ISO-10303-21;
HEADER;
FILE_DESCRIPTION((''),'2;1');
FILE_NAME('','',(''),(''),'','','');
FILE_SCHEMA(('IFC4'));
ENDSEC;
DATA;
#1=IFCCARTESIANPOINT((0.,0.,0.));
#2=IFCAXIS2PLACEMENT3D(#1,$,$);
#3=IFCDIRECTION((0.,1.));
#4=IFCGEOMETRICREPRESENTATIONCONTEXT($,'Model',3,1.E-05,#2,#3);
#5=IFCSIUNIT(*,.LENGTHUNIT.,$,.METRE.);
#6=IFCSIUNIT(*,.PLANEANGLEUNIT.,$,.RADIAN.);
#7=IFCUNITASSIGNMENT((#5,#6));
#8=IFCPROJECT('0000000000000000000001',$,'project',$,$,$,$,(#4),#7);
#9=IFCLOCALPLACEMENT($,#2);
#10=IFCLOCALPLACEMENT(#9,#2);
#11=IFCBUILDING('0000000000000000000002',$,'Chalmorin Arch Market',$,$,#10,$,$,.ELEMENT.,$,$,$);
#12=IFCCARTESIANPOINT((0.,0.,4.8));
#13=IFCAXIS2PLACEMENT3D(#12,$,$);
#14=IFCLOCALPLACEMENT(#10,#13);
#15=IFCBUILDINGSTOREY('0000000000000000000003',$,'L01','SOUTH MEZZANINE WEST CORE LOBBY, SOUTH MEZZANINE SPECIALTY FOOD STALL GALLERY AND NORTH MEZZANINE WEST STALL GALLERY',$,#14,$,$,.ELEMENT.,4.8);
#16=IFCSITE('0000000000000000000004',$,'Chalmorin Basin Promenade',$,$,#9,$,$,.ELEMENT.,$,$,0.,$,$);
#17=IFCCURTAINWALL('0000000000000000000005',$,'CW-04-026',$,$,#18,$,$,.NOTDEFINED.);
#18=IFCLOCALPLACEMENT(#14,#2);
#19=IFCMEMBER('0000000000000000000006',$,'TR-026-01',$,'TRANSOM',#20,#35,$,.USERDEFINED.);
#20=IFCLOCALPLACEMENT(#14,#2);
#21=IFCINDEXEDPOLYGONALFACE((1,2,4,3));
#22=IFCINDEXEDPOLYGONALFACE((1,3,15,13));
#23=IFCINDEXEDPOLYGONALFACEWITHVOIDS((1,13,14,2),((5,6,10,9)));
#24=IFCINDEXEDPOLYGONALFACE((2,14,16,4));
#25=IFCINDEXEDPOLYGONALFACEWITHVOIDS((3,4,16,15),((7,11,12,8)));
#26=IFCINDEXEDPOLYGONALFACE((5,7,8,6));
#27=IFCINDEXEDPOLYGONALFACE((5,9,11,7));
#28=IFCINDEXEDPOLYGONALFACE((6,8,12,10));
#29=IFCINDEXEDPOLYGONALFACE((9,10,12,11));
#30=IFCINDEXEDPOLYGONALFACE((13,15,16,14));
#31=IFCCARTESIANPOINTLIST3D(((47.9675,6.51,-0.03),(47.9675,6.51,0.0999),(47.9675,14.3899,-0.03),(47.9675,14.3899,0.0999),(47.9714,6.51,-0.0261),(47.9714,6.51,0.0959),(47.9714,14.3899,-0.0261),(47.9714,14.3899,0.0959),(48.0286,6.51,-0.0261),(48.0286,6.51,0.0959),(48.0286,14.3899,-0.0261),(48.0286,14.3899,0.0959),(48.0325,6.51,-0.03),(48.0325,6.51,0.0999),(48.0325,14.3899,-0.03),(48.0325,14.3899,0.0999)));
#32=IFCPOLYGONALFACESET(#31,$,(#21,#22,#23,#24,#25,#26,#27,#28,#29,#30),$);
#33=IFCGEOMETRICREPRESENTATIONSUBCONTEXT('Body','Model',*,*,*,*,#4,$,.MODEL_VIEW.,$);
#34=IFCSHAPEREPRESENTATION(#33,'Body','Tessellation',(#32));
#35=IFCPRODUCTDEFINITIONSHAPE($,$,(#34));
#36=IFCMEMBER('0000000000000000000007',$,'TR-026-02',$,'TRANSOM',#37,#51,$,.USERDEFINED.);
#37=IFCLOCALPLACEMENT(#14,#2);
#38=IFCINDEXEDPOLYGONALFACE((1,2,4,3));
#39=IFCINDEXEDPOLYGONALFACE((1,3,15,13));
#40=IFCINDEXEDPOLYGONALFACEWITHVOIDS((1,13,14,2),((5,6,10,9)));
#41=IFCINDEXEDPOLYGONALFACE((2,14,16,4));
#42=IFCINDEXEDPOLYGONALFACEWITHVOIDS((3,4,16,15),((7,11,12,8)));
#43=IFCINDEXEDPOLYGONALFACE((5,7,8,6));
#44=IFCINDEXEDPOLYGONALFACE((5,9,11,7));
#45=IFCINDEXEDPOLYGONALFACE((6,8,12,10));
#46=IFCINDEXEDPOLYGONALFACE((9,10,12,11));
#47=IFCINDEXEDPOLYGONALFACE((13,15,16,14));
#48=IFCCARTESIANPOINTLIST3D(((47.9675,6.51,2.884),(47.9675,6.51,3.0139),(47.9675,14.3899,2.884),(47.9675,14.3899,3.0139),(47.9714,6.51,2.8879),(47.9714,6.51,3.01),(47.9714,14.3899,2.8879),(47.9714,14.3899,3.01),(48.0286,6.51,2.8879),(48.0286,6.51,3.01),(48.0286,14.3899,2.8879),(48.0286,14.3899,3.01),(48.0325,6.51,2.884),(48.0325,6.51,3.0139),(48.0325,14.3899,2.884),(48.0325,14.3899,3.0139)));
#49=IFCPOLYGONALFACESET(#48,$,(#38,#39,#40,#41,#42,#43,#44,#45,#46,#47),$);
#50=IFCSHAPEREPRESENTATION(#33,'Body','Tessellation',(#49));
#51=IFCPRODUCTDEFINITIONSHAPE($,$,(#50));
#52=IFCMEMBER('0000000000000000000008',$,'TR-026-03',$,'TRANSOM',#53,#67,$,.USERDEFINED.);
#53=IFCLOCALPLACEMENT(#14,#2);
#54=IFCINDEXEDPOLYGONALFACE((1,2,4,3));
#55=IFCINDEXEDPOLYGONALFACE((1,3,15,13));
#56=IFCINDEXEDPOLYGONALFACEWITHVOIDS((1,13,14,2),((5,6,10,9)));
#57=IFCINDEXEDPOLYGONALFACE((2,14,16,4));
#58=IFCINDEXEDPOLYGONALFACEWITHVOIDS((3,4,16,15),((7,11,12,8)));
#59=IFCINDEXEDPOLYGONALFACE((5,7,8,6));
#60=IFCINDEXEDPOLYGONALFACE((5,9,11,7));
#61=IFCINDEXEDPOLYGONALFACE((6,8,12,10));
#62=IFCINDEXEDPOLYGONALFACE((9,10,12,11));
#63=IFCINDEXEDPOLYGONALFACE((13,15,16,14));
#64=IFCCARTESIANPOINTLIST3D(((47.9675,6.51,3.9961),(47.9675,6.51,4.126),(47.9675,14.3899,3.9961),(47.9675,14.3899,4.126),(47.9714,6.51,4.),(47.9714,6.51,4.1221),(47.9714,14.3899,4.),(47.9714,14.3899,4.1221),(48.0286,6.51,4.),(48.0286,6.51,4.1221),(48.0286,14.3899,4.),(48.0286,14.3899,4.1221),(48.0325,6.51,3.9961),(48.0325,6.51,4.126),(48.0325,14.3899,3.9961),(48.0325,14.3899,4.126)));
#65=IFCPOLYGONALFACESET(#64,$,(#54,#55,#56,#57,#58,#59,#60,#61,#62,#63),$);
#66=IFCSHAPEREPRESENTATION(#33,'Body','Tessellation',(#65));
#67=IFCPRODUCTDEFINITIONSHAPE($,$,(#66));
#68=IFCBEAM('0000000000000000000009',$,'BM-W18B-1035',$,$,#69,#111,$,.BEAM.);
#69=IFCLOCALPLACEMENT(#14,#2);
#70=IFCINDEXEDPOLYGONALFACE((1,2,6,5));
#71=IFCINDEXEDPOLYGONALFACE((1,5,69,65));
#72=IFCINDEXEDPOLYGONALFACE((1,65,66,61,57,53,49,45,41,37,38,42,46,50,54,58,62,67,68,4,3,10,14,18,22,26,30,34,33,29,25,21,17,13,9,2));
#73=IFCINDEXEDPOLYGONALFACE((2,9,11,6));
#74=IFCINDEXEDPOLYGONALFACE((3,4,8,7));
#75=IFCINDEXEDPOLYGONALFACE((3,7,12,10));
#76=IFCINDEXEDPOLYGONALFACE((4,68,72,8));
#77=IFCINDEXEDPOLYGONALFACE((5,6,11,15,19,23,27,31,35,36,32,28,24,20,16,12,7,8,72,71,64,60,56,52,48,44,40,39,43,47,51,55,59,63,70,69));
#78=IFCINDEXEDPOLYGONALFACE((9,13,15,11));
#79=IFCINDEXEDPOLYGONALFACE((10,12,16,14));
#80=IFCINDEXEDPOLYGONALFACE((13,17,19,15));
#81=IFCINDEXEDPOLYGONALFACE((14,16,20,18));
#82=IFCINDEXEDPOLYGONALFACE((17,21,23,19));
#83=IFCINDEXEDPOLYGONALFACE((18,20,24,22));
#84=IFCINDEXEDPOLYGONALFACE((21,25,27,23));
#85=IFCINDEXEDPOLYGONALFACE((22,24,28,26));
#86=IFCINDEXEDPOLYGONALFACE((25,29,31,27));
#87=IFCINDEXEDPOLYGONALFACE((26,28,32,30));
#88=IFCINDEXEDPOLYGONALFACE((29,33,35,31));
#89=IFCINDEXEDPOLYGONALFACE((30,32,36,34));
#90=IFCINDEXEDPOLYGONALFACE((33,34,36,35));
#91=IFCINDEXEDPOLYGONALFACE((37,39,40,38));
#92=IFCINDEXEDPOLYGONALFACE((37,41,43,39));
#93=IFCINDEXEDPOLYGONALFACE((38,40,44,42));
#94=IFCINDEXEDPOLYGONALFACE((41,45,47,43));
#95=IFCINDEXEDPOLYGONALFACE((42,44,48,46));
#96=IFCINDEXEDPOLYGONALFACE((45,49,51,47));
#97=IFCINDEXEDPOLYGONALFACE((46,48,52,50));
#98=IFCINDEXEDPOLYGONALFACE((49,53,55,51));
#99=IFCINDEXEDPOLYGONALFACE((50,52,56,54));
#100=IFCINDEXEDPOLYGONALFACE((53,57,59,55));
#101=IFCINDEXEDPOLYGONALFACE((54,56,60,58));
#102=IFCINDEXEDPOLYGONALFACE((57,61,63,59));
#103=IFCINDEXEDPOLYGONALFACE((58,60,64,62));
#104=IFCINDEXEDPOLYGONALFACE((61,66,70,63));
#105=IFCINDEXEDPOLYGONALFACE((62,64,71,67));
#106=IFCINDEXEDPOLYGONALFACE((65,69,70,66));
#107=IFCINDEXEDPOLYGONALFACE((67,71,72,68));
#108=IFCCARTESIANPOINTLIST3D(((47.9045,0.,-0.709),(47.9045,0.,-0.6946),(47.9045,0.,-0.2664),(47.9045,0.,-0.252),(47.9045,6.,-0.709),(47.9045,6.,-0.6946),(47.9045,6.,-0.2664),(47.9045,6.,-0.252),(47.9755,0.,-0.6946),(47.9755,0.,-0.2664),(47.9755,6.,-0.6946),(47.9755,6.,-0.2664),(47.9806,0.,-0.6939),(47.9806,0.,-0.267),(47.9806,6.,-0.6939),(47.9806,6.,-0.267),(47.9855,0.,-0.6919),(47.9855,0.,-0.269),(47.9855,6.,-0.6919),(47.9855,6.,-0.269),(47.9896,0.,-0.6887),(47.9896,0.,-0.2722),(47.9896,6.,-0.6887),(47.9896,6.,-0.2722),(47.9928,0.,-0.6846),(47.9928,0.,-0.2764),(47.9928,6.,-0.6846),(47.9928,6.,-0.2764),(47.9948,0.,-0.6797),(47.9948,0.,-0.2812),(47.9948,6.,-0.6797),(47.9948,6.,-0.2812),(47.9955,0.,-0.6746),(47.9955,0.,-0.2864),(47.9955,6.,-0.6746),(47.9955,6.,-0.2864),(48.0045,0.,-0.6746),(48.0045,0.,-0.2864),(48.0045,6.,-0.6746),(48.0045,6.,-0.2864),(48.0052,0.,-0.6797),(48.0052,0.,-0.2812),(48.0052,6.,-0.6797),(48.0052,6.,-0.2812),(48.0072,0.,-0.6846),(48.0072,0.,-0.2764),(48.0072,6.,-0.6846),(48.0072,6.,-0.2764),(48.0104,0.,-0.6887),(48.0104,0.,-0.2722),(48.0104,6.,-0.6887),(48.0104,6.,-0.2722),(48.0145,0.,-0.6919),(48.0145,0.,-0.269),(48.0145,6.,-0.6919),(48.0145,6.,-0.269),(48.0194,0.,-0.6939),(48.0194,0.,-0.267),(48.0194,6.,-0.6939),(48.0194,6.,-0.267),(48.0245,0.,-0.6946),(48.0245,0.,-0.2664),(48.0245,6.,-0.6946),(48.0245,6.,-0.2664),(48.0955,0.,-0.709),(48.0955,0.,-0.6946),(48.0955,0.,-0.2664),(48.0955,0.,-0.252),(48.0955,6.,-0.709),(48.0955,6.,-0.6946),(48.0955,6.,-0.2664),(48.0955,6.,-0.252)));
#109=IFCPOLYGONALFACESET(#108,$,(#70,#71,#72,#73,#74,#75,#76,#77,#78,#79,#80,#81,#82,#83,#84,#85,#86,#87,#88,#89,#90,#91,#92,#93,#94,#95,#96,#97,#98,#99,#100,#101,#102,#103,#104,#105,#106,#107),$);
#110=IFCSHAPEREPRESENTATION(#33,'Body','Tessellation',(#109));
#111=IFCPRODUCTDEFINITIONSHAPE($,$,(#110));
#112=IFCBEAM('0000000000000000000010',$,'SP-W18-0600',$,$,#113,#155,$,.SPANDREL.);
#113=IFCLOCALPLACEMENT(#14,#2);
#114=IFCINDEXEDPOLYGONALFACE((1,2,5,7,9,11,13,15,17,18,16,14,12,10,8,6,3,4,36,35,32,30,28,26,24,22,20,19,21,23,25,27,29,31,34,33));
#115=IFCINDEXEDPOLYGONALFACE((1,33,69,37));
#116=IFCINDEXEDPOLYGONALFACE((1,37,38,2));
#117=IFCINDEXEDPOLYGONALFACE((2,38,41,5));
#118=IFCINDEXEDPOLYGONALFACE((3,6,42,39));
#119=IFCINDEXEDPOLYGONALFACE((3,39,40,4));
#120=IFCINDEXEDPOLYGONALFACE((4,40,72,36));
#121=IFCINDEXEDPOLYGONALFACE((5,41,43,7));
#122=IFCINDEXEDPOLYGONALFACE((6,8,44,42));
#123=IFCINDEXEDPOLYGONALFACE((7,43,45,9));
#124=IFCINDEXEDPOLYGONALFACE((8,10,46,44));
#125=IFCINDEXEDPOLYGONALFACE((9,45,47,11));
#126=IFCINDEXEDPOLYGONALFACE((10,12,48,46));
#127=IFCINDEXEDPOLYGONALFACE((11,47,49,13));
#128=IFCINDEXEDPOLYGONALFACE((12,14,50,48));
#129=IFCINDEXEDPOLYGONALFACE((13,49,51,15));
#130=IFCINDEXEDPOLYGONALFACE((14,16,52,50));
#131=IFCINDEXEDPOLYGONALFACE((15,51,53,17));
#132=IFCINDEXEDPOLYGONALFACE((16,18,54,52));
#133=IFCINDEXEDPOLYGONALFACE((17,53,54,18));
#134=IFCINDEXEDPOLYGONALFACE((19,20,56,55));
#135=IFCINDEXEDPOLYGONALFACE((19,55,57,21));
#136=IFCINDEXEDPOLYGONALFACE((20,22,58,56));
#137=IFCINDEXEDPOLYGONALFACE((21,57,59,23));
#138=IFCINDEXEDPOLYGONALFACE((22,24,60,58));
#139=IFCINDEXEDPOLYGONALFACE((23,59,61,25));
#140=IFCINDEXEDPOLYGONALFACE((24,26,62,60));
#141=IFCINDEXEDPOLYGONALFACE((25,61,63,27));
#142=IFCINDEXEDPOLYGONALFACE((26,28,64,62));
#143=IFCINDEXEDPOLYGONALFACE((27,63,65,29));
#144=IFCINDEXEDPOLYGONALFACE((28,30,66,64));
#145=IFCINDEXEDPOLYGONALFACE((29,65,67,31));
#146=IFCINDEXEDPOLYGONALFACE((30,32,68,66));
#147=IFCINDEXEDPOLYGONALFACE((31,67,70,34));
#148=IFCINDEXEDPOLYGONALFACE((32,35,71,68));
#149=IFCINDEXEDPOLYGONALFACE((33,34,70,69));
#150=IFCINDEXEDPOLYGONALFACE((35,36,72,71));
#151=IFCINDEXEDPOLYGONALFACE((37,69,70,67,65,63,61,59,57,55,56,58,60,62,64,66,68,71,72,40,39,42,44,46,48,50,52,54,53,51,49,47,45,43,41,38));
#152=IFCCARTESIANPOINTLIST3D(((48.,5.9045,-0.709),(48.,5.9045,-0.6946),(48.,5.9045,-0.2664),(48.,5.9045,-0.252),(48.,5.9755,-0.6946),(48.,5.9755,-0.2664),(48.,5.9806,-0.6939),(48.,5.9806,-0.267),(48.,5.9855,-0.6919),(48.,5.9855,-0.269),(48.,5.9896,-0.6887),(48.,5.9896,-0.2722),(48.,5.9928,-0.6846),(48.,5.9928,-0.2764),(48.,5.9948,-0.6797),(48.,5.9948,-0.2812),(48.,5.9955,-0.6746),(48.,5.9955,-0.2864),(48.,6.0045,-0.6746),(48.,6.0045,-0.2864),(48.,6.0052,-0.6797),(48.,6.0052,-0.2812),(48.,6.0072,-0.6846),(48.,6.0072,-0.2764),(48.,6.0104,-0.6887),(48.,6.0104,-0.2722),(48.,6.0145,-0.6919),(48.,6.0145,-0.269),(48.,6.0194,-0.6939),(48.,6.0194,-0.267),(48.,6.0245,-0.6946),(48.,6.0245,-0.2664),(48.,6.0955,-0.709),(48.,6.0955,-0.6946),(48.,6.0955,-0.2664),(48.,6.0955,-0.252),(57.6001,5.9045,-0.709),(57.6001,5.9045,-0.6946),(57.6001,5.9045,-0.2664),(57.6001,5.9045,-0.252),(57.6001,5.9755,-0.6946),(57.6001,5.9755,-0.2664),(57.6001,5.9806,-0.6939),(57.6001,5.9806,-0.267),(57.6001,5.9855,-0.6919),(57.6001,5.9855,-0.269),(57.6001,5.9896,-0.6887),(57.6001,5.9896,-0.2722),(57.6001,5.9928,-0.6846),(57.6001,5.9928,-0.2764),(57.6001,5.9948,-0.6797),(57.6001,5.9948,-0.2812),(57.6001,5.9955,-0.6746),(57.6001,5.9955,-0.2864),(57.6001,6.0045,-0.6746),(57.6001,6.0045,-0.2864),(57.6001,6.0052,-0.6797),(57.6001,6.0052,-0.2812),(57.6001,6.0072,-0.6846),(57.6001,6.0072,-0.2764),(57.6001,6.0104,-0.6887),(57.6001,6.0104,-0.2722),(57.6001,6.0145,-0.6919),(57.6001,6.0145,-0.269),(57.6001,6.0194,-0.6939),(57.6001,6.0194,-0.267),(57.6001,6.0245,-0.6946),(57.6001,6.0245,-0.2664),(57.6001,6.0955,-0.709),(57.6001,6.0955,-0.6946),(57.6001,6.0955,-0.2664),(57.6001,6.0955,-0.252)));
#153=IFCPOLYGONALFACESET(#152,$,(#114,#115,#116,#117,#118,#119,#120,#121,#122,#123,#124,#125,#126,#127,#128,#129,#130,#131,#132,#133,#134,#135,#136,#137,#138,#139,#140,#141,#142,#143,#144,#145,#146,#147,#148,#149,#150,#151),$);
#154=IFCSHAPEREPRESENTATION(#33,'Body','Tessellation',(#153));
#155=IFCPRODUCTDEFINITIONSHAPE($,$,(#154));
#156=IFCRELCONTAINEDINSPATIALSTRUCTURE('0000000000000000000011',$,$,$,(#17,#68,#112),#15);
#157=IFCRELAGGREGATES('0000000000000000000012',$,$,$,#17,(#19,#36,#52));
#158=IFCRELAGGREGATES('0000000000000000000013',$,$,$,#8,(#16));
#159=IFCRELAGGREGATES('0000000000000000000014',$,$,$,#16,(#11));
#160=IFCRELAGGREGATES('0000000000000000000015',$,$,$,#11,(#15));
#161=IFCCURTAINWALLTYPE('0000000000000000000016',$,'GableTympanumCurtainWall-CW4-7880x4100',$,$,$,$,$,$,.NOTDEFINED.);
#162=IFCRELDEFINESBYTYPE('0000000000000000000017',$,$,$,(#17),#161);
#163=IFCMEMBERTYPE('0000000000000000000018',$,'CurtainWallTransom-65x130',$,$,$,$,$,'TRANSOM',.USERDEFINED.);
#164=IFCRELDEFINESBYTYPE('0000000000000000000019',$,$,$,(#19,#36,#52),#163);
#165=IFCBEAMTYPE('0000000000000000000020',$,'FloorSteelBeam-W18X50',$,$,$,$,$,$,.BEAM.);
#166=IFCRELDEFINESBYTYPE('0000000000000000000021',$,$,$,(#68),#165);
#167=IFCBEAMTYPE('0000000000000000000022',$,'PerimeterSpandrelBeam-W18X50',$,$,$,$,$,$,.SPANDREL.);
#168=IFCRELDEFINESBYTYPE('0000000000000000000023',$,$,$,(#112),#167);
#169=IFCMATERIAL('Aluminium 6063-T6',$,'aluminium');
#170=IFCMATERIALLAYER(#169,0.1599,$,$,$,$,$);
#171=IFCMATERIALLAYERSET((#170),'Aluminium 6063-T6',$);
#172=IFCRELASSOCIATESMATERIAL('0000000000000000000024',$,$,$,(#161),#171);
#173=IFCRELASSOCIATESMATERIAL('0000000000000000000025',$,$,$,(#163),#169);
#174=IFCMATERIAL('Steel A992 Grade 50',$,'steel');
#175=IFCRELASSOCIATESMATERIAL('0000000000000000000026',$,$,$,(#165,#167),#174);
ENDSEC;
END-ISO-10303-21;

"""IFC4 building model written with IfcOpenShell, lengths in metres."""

from ifc_helpers import new_model, si_unit, direction, frame, origin, origin_2d, place, context, subcontext, project, spatial, hollow_rectangle, i_section, extrude, material, layer, layer_set, material_profile, profile_set, type_object, element, aggregate, save


model = new_model("IFC4")

# Units and contexts
model_context = context("Model", 3, precision=1e-05, world=origin(), true_north=direction((0.0, 1.0)))
body_context = subcontext(model_context, "Body", "Model", "MODEL_VIEW")
ifc_project = project(units=[si_unit("LENGTHUNIT", "METRE"), si_unit("PLANEANGLEUNIT", "RADIAN")], contexts=[model_context])

# Site, building, storey
site_placement = place(None, origin())
site = spatial("IfcSite", under=ifc_project, at=site_placement, Name="Chalmorin Basin Promenade", CompositionType="ELEMENT", RefElevation=0.0)
building_placement = place(site_placement, origin())
building = spatial("IfcBuilding", under=site, at=building_placement, Name="Chalmorin Arch Market", CompositionType="ELEMENT")
storey_placement = place(building_placement, frame((0.0, 0.0, 4.8)))
storey = spatial("IfcBuildingStorey", under=building, at=storey_placement, Name="L01", Description="SOUTH MEZZANINE WEST CORE LOBBY, SOUTH MEZZANINE SPECIALTY FOOD STALL GALLERY AND NORTH MEZZANINE WEST STALL GALLERY", CompositionType="ELEMENT", Elevation=4.8)

# Curtain wall
ifc_material_1 = material(Name="Aluminium 6063-T6", Category="aluminium")
ifc_layer_1 = layer(ifc_material_1, 0.1599)
ifc_layer_set_1 = layer_set([ifc_layer_1], Name="Aluminium 6063-T6")
curtain_wall_type_1 = type_object("IfcCurtainWallType", Name="GableTympanumCurtainWall-CW4-7880x4100", PredefinedType="NOTDEFINED", material=ifc_layer_set_1)
curtain_wall_1_placement = place(storey_placement, origin())
curtain_wall_1 = element("IfcCurtainWall", 1, at=curtain_wall_1_placement, inside=storey, type_object=curtain_wall_type_1, Name="CW-04-026", PredefinedType="NOTDEFINED")

# Members
ifc_material_profile_1 = material_profile(ifc_material_1, hollow_rectangle(XDim=0.0649, YDim=0.1299, WallThickness=0.0039, at=origin_2d()), Name="ALU65X130X4")
ifc_profile_set_1 = profile_set([ifc_material_profile_1], Name="Aluminium 6063-T6")
member_type_1 = type_object("IfcMemberType", Name="CurtainWallTransom-65x130", ElementType="TRANSOM", PredefinedType="USERDEFINED", material=ifc_profile_set_1)
member_1_placement = place(storey_placement, frame((48.0, 6.51, 0.0349), z_axis=(0.0, 1.0, 0.0), x_axis=(-1.0, 0.0, 0.0)))
member_1 = element("IfcMember", 2, at=member_1_placement, type_object=member_type_1, Name="TR-026-01", ObjectType="TRANSOM", PredefinedType="USERDEFINED", context=body_context, shape_type="SweptSolid", body=[
    extrude(hollow_rectangle(XDim=0.0649, YDim=0.1299, WallThickness=0.0039, at=origin_2d()), origin(), (0.0, 0.0, 1.0), 7.8799),
])
member_2_placement = place(storey_placement, frame((48.0, 6.51, 2.949), z_axis=(0.0, 1.0, 0.0), x_axis=(-1.0, 0.0, 0.0)))
member_2 = element("IfcMember", 3, at=member_2_placement, type_object=member_type_1, Name="TR-026-02", ObjectType="TRANSOM", PredefinedType="USERDEFINED", context=body_context, shape_type="SweptSolid", body=[
    extrude(hollow_rectangle(XDim=0.0649, YDim=0.1299, WallThickness=0.0039, at=origin_2d()), origin(), (0.0, 0.0, 1.0), 7.8799),
])
member_3_placement = place(storey_placement, frame((48.0, 6.51, 4.061), z_axis=(0.0, 1.0, 0.0), x_axis=(-1.0, 0.0, 0.0)))
member_3 = element("IfcMember", 4, at=member_3_placement, type_object=member_type_1, Name="TR-026-03", ObjectType="TRANSOM", PredefinedType="USERDEFINED", context=body_context, shape_type="SweptSolid", body=[
    extrude(hollow_rectangle(XDim=0.0649, YDim=0.1299, WallThickness=0.0039, at=origin_2d()), origin(), (0.0, 0.0, 1.0), 7.8799),
])

# Beams
ifc_material_2 = material(Name="Steel A992 Grade 50", Category="steel")
ifc_material_profile_2 = material_profile(ifc_material_2, i_section(OverallWidth=0.1909, OverallDepth=0.457, WebThickness=0.009, FlangeThickness=0.0144, FilletRadius=0.02, at=origin_2d()), Name="W18X50")
ifc_profile_set_2 = profile_set([ifc_material_profile_2], Name="Steel A992 Grade 50")
beam_type_1 = type_object("IfcBeamType", Name="FloorSteelBeam-W18X50", PredefinedType="BEAM", material=ifc_profile_set_2)
beam_1_placement = place(storey_placement, frame((48.0, 0.0, -0.4805), z_axis=(0.0, 1.0, 0.0), x_axis=(-1.0, 0.0, 0.0)))
element("IfcBeam", 5, at=beam_1_placement, inside=storey, type_object=beam_type_1, Name="BM-W18B-1035", PredefinedType="BEAM", context=body_context, shape_type="SweptSolid", body=[
    extrude(i_section(OverallWidth=0.1909, OverallDepth=0.457, WebThickness=0.009, FlangeThickness=0.0144, FilletRadius=0.02, at=origin_2d()), origin(), (0.0, 0.0, 1.0), 6.0),
])
ifc_material_profile_3 = material_profile(ifc_material_2, i_section(OverallWidth=0.1909, OverallDepth=0.457, WebThickness=0.009, FlangeThickness=0.0144, FilletRadius=0.02, at=origin_2d()), Name="W18X50")
ifc_profile_set_3 = profile_set([ifc_material_profile_3], Name="Steel A992 Grade 50")
beam_type_2 = type_object("IfcBeamType", Name="PerimeterSpandrelBeam-W18X50", PredefinedType="SPANDREL", material=ifc_profile_set_3)
beam_2_placement = place(storey_placement, frame((48.0, 6.0, -0.4805), z_axis=(1.0, 0.0, 0.0), x_axis=(0.0, 1.0, 0.0)))
element("IfcBeam", 6, at=beam_2_placement, inside=storey, type_object=beam_type_2, Name="SP-W18-0600", PredefinedType="SPANDREL", context=body_context, shape_type="SweptSolid", body=[
    extrude(i_section(OverallWidth=0.1909, OverallDepth=0.457, WebThickness=0.009, FlangeThickness=0.0144, FilletRadius=0.02, at=origin_2d()), origin(), (0.0, 0.0, 1.0), 9.6001),
])

aggregate(curtain_wall_1, [member_1, member_2, member_3])

save(model, "model.ifc")
